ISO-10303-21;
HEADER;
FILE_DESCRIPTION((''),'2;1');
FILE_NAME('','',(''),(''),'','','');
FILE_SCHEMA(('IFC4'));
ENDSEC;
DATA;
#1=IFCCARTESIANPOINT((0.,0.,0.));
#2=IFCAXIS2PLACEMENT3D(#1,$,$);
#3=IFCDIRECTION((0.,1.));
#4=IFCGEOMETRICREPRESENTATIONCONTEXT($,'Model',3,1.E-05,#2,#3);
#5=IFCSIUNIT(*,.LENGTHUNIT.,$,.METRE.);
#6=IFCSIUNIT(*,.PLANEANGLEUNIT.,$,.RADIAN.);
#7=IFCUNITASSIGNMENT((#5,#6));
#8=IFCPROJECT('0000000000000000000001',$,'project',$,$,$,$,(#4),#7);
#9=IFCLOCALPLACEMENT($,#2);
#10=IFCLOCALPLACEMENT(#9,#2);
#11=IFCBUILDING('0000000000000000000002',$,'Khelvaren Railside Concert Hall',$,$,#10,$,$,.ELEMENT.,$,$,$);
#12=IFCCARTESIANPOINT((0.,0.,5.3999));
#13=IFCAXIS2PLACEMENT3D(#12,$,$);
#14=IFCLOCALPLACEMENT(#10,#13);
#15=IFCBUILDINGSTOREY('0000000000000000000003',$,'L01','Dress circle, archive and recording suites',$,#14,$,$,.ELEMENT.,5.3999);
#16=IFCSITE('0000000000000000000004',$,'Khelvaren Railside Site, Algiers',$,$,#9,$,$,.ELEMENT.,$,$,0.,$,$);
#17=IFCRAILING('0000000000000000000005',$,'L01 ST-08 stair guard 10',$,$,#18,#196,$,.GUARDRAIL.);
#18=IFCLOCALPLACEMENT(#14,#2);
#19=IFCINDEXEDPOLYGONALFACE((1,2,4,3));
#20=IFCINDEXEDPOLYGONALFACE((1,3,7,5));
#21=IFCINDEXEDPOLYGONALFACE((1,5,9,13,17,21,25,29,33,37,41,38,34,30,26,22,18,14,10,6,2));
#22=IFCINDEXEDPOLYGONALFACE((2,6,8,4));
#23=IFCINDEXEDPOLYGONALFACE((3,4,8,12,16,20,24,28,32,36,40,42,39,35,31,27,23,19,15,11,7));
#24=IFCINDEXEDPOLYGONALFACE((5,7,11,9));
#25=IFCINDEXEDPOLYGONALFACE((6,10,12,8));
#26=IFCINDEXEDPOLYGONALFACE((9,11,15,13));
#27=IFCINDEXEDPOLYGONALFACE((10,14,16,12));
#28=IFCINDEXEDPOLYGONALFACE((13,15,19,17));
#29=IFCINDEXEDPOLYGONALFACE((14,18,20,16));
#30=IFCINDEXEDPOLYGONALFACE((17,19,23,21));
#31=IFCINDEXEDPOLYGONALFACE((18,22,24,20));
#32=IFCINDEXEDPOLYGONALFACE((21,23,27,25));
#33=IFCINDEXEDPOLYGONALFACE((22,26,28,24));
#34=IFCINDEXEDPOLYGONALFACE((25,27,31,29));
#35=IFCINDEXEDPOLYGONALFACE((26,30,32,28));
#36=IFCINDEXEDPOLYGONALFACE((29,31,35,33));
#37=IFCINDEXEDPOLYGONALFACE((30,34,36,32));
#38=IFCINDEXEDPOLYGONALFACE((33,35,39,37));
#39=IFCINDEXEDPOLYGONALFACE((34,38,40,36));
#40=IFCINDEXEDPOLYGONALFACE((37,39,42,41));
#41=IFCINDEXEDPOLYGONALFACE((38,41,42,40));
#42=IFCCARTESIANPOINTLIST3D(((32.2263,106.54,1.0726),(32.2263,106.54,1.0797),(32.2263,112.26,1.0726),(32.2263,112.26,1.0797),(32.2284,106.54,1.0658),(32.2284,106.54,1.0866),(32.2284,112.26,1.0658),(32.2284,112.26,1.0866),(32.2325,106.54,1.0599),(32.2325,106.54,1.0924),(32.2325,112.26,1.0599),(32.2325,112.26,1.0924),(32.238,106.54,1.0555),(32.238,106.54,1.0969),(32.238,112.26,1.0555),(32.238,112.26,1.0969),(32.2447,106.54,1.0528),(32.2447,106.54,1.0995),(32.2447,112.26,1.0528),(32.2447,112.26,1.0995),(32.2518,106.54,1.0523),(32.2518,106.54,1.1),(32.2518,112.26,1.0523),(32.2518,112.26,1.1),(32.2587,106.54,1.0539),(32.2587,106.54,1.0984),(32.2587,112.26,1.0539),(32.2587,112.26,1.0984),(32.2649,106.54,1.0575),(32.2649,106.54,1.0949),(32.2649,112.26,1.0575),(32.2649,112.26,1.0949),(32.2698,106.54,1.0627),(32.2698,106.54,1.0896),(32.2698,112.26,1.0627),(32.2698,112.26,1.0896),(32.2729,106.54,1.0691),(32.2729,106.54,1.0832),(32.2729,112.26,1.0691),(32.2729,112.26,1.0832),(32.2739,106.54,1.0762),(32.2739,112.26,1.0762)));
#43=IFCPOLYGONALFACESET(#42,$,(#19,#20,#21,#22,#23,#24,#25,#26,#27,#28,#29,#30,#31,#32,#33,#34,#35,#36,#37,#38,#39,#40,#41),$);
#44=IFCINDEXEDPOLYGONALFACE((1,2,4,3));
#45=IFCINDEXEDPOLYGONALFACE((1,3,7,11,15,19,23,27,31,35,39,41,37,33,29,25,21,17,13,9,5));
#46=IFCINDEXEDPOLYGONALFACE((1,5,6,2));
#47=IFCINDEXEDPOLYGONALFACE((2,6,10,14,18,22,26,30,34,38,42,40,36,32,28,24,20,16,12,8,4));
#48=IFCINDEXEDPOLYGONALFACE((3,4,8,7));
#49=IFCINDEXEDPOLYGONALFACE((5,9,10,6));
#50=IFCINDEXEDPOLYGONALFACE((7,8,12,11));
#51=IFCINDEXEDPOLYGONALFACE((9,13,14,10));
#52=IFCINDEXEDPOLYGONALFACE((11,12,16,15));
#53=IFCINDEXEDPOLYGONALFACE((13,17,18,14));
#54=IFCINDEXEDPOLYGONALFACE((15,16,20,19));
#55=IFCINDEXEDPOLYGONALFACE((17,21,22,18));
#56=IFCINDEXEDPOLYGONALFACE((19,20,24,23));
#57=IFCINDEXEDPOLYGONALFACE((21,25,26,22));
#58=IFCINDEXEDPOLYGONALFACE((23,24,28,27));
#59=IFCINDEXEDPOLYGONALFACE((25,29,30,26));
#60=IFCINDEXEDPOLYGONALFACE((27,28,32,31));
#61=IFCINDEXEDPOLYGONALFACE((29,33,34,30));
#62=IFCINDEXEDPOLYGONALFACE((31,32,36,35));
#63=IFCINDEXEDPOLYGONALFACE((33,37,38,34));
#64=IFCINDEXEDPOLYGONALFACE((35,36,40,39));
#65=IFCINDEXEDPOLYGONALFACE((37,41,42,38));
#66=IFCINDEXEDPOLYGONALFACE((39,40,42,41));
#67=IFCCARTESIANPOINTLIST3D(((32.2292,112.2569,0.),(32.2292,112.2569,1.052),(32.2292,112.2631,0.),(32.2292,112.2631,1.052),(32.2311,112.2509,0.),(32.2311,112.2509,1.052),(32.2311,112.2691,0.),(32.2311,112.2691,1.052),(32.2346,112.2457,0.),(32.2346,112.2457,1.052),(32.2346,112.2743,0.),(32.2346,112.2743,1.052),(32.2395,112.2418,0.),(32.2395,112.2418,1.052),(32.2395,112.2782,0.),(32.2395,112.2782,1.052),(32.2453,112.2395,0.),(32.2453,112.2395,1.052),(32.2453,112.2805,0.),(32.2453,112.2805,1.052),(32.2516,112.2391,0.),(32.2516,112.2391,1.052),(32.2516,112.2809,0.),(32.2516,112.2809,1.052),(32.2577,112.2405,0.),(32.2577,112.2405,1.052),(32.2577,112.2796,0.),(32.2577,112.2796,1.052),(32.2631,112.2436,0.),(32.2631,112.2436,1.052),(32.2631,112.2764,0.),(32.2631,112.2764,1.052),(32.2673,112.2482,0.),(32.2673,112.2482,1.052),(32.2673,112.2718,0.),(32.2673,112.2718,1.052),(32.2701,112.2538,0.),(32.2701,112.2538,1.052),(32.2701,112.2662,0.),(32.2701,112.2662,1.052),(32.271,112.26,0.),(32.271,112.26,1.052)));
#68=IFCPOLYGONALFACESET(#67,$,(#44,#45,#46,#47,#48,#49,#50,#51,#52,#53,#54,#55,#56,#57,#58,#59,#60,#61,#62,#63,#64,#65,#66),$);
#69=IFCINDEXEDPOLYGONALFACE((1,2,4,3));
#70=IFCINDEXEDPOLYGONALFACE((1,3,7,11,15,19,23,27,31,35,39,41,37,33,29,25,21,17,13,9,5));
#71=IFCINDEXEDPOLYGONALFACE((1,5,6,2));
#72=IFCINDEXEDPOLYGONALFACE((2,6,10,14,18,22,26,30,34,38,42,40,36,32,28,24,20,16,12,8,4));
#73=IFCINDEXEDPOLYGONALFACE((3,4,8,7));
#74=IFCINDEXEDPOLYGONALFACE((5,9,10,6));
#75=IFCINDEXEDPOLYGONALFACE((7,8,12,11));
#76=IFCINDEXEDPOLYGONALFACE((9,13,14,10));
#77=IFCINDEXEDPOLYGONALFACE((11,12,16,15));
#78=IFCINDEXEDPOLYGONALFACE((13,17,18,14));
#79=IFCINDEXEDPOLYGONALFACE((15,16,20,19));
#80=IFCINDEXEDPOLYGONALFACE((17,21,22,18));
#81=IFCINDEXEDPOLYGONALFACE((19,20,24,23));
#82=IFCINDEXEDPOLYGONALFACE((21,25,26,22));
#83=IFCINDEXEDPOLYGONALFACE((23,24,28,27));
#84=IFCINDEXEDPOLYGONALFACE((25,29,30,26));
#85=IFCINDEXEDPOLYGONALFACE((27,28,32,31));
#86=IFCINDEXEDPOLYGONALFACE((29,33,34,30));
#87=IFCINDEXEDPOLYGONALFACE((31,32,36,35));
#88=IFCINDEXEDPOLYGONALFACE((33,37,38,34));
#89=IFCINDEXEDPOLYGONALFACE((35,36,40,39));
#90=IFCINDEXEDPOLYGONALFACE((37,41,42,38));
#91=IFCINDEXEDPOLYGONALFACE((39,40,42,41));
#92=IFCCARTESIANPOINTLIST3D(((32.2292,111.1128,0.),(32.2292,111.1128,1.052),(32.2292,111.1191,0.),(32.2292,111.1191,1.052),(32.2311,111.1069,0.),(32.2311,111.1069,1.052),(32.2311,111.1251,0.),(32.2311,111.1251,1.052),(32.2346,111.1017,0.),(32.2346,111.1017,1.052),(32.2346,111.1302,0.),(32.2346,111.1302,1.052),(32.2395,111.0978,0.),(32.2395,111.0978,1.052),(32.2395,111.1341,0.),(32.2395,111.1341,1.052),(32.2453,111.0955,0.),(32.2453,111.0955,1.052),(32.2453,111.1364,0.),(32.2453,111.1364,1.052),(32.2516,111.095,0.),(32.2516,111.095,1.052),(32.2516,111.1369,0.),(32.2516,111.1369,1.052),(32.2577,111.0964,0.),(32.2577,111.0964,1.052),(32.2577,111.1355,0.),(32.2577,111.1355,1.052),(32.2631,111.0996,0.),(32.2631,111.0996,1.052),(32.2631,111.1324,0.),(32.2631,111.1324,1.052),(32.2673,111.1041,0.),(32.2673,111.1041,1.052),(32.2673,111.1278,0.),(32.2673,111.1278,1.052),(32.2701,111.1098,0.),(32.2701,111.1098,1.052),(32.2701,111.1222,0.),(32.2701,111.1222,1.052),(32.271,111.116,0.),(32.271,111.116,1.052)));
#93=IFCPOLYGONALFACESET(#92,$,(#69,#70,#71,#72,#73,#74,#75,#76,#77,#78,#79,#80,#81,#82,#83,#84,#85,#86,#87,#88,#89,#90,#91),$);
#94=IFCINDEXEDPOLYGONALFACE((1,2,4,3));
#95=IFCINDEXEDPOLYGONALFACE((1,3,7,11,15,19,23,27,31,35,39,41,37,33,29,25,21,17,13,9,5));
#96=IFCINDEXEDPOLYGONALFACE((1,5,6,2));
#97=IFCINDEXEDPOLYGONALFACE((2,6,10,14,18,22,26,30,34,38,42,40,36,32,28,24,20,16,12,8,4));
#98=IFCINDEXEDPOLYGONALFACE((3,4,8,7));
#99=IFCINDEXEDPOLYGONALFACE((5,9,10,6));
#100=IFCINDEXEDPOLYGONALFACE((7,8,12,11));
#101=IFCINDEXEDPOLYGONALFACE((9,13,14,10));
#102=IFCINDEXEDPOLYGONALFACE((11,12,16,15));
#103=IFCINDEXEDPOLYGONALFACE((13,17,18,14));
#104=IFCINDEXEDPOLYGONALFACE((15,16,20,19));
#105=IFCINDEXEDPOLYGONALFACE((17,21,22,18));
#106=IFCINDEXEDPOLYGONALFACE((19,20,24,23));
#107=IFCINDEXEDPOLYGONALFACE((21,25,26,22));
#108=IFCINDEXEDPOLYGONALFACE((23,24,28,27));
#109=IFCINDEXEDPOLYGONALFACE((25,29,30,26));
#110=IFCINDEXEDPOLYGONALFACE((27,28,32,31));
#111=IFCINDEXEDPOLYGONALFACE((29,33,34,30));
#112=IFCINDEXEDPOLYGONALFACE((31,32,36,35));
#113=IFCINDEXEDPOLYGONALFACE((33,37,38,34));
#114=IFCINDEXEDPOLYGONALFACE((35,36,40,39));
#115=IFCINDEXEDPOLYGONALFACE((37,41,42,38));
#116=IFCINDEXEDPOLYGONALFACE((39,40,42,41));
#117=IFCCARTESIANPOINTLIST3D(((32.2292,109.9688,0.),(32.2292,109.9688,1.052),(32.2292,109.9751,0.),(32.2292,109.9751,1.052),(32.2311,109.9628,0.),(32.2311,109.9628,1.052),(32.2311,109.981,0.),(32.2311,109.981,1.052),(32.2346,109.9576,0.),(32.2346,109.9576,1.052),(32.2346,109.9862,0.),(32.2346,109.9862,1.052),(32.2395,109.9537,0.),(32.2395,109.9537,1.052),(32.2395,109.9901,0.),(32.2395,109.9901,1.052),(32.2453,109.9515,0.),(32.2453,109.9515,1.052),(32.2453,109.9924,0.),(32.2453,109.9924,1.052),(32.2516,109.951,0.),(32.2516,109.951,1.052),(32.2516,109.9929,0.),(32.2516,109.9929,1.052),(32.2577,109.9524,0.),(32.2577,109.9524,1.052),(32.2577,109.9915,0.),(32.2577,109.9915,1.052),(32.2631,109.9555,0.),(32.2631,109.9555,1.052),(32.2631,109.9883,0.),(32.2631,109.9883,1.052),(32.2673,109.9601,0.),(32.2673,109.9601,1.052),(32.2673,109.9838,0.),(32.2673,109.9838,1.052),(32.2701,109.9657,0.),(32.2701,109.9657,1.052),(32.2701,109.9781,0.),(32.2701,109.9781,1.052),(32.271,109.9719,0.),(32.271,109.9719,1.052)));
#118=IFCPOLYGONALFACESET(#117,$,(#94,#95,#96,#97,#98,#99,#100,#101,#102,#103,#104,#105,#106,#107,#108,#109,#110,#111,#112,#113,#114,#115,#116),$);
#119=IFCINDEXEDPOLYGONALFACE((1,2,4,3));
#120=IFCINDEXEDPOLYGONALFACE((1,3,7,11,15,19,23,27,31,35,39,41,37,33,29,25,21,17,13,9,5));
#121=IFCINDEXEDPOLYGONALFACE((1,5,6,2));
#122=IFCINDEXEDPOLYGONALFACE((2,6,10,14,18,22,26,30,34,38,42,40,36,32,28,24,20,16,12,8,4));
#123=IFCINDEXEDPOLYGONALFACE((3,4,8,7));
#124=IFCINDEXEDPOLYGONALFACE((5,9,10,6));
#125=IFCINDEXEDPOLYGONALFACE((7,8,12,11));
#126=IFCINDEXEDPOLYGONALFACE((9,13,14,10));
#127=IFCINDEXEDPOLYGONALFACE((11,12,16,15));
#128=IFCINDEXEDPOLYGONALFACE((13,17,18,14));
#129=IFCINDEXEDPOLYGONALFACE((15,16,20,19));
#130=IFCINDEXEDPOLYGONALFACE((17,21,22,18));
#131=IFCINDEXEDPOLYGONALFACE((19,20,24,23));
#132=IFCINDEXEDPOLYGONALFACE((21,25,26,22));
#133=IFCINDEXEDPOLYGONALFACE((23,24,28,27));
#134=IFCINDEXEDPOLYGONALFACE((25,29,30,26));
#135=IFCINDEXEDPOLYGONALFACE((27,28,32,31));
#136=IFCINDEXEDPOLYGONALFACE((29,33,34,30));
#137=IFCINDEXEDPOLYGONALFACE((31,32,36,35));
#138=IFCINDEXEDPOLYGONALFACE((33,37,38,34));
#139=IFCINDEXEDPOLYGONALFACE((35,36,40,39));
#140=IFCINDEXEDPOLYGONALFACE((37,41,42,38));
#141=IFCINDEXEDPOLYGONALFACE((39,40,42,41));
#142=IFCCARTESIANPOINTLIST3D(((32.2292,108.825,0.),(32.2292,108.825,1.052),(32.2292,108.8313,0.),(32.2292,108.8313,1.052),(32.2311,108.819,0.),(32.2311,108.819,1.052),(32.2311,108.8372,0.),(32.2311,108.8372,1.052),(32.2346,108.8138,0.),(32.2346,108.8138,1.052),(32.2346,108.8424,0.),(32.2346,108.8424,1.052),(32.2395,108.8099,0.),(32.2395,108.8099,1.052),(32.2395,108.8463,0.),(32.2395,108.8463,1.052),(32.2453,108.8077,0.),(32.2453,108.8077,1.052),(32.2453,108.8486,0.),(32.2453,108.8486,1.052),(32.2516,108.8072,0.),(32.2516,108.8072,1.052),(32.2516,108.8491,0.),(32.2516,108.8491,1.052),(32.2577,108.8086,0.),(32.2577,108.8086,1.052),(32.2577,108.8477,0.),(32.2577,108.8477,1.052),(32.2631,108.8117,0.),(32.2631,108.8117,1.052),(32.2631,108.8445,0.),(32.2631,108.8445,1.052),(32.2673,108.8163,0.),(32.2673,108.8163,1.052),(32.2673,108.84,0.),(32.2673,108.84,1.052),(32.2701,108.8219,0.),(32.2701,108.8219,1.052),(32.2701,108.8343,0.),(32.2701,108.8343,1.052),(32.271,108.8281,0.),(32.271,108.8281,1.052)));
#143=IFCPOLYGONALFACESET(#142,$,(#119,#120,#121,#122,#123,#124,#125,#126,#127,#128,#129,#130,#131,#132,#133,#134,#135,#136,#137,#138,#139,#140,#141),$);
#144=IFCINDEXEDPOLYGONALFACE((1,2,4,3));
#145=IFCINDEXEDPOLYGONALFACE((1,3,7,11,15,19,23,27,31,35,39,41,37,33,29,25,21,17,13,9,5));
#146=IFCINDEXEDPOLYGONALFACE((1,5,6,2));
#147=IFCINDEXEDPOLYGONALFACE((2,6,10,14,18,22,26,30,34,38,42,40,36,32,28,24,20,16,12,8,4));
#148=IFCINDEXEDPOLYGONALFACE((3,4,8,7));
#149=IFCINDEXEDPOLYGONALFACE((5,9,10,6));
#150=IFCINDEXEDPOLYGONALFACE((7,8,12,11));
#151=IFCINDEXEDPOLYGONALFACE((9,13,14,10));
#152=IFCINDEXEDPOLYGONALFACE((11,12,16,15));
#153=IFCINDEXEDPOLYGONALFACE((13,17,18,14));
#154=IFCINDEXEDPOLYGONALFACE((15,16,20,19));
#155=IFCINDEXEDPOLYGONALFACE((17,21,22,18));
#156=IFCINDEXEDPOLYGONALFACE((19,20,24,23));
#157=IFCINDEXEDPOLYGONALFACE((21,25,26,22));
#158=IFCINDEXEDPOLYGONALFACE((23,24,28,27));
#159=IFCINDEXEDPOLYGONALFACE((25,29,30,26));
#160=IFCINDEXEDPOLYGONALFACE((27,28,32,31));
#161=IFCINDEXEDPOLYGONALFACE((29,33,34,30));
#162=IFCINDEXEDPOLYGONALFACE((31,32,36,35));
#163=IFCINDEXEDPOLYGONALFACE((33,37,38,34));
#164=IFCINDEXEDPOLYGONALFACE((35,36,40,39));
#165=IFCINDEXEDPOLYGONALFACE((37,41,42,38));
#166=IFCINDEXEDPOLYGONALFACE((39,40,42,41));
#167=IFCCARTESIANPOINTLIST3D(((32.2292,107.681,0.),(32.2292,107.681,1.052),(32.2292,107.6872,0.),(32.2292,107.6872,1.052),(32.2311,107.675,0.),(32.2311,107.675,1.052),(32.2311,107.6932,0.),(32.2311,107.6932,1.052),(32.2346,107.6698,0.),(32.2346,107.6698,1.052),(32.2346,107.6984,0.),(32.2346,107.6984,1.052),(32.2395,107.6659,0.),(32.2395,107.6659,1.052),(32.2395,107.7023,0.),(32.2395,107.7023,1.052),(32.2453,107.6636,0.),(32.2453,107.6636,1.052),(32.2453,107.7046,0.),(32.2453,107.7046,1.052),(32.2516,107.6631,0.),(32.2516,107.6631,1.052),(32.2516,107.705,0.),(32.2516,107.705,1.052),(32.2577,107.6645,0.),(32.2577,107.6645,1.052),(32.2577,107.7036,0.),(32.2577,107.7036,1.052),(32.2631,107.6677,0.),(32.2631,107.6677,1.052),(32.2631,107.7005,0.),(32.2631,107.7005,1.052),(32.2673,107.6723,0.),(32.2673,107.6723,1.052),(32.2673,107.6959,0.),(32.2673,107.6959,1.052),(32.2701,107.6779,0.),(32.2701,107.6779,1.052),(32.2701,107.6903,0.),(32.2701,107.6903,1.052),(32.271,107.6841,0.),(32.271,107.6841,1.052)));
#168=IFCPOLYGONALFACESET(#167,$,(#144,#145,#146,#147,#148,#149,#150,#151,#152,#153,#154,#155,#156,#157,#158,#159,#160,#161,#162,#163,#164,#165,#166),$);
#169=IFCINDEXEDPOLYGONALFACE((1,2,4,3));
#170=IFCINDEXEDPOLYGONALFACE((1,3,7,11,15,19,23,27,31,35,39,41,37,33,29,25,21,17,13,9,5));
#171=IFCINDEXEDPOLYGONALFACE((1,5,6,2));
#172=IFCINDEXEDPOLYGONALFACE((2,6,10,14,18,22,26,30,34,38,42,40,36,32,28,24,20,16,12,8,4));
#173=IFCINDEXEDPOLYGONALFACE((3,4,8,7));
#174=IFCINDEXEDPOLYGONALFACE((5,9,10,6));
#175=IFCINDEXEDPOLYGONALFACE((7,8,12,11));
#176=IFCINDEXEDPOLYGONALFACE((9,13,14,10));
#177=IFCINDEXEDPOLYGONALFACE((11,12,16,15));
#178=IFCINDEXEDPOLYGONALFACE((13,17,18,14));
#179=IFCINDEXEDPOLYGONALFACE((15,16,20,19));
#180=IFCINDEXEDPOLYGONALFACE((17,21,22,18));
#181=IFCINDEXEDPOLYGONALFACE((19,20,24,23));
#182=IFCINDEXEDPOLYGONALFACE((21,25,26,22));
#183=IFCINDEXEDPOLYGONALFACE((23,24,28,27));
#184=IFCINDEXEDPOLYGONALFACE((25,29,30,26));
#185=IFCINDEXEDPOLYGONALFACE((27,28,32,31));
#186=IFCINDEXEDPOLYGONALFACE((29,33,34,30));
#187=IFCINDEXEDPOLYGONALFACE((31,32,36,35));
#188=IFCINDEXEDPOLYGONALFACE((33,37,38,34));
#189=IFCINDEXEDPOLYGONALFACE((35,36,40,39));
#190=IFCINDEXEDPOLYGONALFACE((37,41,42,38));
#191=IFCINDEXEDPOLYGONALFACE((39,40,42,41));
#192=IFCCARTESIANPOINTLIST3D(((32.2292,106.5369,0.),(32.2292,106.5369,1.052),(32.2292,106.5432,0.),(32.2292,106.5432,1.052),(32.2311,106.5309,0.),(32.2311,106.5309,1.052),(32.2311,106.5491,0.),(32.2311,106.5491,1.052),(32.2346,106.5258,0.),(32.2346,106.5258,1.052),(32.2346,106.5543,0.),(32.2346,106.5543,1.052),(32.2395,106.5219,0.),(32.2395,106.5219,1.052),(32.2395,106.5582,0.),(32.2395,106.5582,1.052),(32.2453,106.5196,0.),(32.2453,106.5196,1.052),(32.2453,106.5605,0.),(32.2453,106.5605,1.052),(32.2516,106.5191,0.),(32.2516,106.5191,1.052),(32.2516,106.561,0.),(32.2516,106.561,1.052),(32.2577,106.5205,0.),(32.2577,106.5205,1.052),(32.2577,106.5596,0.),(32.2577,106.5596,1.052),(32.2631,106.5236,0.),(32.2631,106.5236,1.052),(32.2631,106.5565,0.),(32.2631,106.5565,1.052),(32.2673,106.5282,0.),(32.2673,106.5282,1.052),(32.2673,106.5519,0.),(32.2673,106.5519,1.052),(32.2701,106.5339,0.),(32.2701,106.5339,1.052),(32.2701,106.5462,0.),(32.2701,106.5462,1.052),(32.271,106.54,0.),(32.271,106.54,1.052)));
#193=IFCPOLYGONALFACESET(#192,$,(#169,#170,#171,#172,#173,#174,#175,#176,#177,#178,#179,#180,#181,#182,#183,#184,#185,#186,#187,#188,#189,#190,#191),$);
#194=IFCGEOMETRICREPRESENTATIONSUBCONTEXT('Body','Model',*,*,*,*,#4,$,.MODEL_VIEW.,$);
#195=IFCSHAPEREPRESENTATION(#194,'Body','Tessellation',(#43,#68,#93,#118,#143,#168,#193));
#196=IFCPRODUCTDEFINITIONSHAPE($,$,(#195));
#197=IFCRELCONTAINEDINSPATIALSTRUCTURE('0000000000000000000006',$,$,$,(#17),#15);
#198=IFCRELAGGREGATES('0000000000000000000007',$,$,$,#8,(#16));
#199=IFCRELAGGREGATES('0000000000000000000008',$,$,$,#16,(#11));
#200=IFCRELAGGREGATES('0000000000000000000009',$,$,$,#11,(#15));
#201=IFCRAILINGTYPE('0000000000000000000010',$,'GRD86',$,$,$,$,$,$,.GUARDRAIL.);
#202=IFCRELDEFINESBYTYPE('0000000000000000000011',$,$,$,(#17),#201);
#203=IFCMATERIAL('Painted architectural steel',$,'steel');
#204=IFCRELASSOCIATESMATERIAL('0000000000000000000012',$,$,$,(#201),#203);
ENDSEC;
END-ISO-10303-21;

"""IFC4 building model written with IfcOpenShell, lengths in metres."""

from ifc_helpers import new_model, si_unit, direction, frame, origin, origin_2d, place, context, subcontext, project, spatial, circle, extrude, material, type_object, element, save


model = new_model("IFC4")

# Units and contexts
model_context = context("Model", 3, precision=1e-05, world=origin(), true_north=direction((0.0, 1.0)))
body_context = subcontext(model_context, "Body", "Model", "MODEL_VIEW")
ifc_project = project(units=[si_unit("LENGTHUNIT", "METRE"), si_unit("PLANEANGLEUNIT", "RADIAN")], contexts=[model_context])

# Site, building, storey
site_placement = place(None, origin())
site = spatial("IfcSite", under=ifc_project, at=site_placement, Name="Khelvaren Railside Site, Algiers", CompositionType="ELEMENT", RefElevation=0.0)
building_placement = place(site_placement, origin())
building = spatial("IfcBuilding", under=site, at=building_placement, Name="Khelvaren Railside Concert Hall", CompositionType="ELEMENT")
storey_placement = place(building_placement, frame((0.0, 0.0, 5.3999)))
storey = spatial("IfcBuildingStorey", under=building, at=storey_placement, Name="L01", Description="Dress circle, archive and recording suites", CompositionType="ELEMENT", Elevation=5.3999)

# Railing
ifc_material_1 = material(Name="Painted architectural steel", Category="steel")
railing_type_1 = type_object("IfcRailingType", Name="GRD86", PredefinedType="GUARDRAIL", material=ifc_material_1)
for number, where, name in (
    (1, (32.25, 112.26, 0.0), "L01 ST-08 stair guard 10"),
):
    element("IfcRailing", number, at=place(storey_placement, frame(where)), inside=storey, type_object=railing_type_1, Name=name, PredefinedType="GUARDRAIL", context=body_context, shape_type="SweptSolid", body=[
        extrude(circle(Radius=0.0239, at=origin_2d()), frame((0.0, 0.0, 1.0762), z_axis=(0.0, -1.0, 0.0), x_axis=(1.0, 0.0, 0.0)), (0.0, 0.0, 1.0), 5.72),
        extrude(circle(Radius=0.021, at=origin_2d()), origin(), (0.0, 0.0, 1.0), 1.052),
        extrude(circle(Radius=0.021, at=origin_2d()), frame((0.0, -1.144, 0.0)), (0.0, 0.0, 1.0), 1.052),
        extrude(circle(Radius=0.021, at=origin_2d()), frame((0.0, -2.2881, 0.0)), (0.0, 0.0, 1.0), 1.052),
        extrude(circle(Radius=0.021, at=origin_2d()), frame((0.0, -3.4319, 0.0)), (0.0, 0.0, 1.0), 1.052),
        extrude(circle(Radius=0.021, at=origin_2d()), frame((0.0, -4.5759, 0.0)), (0.0, 0.0, 1.0), 1.052),
        extrude(circle(Radius=0.021, at=origin_2d()), frame((0.0, -5.72, 0.0)), (0.0, 0.0, 1.0), 1.052),
    ])

save(model, "model.ifc")
